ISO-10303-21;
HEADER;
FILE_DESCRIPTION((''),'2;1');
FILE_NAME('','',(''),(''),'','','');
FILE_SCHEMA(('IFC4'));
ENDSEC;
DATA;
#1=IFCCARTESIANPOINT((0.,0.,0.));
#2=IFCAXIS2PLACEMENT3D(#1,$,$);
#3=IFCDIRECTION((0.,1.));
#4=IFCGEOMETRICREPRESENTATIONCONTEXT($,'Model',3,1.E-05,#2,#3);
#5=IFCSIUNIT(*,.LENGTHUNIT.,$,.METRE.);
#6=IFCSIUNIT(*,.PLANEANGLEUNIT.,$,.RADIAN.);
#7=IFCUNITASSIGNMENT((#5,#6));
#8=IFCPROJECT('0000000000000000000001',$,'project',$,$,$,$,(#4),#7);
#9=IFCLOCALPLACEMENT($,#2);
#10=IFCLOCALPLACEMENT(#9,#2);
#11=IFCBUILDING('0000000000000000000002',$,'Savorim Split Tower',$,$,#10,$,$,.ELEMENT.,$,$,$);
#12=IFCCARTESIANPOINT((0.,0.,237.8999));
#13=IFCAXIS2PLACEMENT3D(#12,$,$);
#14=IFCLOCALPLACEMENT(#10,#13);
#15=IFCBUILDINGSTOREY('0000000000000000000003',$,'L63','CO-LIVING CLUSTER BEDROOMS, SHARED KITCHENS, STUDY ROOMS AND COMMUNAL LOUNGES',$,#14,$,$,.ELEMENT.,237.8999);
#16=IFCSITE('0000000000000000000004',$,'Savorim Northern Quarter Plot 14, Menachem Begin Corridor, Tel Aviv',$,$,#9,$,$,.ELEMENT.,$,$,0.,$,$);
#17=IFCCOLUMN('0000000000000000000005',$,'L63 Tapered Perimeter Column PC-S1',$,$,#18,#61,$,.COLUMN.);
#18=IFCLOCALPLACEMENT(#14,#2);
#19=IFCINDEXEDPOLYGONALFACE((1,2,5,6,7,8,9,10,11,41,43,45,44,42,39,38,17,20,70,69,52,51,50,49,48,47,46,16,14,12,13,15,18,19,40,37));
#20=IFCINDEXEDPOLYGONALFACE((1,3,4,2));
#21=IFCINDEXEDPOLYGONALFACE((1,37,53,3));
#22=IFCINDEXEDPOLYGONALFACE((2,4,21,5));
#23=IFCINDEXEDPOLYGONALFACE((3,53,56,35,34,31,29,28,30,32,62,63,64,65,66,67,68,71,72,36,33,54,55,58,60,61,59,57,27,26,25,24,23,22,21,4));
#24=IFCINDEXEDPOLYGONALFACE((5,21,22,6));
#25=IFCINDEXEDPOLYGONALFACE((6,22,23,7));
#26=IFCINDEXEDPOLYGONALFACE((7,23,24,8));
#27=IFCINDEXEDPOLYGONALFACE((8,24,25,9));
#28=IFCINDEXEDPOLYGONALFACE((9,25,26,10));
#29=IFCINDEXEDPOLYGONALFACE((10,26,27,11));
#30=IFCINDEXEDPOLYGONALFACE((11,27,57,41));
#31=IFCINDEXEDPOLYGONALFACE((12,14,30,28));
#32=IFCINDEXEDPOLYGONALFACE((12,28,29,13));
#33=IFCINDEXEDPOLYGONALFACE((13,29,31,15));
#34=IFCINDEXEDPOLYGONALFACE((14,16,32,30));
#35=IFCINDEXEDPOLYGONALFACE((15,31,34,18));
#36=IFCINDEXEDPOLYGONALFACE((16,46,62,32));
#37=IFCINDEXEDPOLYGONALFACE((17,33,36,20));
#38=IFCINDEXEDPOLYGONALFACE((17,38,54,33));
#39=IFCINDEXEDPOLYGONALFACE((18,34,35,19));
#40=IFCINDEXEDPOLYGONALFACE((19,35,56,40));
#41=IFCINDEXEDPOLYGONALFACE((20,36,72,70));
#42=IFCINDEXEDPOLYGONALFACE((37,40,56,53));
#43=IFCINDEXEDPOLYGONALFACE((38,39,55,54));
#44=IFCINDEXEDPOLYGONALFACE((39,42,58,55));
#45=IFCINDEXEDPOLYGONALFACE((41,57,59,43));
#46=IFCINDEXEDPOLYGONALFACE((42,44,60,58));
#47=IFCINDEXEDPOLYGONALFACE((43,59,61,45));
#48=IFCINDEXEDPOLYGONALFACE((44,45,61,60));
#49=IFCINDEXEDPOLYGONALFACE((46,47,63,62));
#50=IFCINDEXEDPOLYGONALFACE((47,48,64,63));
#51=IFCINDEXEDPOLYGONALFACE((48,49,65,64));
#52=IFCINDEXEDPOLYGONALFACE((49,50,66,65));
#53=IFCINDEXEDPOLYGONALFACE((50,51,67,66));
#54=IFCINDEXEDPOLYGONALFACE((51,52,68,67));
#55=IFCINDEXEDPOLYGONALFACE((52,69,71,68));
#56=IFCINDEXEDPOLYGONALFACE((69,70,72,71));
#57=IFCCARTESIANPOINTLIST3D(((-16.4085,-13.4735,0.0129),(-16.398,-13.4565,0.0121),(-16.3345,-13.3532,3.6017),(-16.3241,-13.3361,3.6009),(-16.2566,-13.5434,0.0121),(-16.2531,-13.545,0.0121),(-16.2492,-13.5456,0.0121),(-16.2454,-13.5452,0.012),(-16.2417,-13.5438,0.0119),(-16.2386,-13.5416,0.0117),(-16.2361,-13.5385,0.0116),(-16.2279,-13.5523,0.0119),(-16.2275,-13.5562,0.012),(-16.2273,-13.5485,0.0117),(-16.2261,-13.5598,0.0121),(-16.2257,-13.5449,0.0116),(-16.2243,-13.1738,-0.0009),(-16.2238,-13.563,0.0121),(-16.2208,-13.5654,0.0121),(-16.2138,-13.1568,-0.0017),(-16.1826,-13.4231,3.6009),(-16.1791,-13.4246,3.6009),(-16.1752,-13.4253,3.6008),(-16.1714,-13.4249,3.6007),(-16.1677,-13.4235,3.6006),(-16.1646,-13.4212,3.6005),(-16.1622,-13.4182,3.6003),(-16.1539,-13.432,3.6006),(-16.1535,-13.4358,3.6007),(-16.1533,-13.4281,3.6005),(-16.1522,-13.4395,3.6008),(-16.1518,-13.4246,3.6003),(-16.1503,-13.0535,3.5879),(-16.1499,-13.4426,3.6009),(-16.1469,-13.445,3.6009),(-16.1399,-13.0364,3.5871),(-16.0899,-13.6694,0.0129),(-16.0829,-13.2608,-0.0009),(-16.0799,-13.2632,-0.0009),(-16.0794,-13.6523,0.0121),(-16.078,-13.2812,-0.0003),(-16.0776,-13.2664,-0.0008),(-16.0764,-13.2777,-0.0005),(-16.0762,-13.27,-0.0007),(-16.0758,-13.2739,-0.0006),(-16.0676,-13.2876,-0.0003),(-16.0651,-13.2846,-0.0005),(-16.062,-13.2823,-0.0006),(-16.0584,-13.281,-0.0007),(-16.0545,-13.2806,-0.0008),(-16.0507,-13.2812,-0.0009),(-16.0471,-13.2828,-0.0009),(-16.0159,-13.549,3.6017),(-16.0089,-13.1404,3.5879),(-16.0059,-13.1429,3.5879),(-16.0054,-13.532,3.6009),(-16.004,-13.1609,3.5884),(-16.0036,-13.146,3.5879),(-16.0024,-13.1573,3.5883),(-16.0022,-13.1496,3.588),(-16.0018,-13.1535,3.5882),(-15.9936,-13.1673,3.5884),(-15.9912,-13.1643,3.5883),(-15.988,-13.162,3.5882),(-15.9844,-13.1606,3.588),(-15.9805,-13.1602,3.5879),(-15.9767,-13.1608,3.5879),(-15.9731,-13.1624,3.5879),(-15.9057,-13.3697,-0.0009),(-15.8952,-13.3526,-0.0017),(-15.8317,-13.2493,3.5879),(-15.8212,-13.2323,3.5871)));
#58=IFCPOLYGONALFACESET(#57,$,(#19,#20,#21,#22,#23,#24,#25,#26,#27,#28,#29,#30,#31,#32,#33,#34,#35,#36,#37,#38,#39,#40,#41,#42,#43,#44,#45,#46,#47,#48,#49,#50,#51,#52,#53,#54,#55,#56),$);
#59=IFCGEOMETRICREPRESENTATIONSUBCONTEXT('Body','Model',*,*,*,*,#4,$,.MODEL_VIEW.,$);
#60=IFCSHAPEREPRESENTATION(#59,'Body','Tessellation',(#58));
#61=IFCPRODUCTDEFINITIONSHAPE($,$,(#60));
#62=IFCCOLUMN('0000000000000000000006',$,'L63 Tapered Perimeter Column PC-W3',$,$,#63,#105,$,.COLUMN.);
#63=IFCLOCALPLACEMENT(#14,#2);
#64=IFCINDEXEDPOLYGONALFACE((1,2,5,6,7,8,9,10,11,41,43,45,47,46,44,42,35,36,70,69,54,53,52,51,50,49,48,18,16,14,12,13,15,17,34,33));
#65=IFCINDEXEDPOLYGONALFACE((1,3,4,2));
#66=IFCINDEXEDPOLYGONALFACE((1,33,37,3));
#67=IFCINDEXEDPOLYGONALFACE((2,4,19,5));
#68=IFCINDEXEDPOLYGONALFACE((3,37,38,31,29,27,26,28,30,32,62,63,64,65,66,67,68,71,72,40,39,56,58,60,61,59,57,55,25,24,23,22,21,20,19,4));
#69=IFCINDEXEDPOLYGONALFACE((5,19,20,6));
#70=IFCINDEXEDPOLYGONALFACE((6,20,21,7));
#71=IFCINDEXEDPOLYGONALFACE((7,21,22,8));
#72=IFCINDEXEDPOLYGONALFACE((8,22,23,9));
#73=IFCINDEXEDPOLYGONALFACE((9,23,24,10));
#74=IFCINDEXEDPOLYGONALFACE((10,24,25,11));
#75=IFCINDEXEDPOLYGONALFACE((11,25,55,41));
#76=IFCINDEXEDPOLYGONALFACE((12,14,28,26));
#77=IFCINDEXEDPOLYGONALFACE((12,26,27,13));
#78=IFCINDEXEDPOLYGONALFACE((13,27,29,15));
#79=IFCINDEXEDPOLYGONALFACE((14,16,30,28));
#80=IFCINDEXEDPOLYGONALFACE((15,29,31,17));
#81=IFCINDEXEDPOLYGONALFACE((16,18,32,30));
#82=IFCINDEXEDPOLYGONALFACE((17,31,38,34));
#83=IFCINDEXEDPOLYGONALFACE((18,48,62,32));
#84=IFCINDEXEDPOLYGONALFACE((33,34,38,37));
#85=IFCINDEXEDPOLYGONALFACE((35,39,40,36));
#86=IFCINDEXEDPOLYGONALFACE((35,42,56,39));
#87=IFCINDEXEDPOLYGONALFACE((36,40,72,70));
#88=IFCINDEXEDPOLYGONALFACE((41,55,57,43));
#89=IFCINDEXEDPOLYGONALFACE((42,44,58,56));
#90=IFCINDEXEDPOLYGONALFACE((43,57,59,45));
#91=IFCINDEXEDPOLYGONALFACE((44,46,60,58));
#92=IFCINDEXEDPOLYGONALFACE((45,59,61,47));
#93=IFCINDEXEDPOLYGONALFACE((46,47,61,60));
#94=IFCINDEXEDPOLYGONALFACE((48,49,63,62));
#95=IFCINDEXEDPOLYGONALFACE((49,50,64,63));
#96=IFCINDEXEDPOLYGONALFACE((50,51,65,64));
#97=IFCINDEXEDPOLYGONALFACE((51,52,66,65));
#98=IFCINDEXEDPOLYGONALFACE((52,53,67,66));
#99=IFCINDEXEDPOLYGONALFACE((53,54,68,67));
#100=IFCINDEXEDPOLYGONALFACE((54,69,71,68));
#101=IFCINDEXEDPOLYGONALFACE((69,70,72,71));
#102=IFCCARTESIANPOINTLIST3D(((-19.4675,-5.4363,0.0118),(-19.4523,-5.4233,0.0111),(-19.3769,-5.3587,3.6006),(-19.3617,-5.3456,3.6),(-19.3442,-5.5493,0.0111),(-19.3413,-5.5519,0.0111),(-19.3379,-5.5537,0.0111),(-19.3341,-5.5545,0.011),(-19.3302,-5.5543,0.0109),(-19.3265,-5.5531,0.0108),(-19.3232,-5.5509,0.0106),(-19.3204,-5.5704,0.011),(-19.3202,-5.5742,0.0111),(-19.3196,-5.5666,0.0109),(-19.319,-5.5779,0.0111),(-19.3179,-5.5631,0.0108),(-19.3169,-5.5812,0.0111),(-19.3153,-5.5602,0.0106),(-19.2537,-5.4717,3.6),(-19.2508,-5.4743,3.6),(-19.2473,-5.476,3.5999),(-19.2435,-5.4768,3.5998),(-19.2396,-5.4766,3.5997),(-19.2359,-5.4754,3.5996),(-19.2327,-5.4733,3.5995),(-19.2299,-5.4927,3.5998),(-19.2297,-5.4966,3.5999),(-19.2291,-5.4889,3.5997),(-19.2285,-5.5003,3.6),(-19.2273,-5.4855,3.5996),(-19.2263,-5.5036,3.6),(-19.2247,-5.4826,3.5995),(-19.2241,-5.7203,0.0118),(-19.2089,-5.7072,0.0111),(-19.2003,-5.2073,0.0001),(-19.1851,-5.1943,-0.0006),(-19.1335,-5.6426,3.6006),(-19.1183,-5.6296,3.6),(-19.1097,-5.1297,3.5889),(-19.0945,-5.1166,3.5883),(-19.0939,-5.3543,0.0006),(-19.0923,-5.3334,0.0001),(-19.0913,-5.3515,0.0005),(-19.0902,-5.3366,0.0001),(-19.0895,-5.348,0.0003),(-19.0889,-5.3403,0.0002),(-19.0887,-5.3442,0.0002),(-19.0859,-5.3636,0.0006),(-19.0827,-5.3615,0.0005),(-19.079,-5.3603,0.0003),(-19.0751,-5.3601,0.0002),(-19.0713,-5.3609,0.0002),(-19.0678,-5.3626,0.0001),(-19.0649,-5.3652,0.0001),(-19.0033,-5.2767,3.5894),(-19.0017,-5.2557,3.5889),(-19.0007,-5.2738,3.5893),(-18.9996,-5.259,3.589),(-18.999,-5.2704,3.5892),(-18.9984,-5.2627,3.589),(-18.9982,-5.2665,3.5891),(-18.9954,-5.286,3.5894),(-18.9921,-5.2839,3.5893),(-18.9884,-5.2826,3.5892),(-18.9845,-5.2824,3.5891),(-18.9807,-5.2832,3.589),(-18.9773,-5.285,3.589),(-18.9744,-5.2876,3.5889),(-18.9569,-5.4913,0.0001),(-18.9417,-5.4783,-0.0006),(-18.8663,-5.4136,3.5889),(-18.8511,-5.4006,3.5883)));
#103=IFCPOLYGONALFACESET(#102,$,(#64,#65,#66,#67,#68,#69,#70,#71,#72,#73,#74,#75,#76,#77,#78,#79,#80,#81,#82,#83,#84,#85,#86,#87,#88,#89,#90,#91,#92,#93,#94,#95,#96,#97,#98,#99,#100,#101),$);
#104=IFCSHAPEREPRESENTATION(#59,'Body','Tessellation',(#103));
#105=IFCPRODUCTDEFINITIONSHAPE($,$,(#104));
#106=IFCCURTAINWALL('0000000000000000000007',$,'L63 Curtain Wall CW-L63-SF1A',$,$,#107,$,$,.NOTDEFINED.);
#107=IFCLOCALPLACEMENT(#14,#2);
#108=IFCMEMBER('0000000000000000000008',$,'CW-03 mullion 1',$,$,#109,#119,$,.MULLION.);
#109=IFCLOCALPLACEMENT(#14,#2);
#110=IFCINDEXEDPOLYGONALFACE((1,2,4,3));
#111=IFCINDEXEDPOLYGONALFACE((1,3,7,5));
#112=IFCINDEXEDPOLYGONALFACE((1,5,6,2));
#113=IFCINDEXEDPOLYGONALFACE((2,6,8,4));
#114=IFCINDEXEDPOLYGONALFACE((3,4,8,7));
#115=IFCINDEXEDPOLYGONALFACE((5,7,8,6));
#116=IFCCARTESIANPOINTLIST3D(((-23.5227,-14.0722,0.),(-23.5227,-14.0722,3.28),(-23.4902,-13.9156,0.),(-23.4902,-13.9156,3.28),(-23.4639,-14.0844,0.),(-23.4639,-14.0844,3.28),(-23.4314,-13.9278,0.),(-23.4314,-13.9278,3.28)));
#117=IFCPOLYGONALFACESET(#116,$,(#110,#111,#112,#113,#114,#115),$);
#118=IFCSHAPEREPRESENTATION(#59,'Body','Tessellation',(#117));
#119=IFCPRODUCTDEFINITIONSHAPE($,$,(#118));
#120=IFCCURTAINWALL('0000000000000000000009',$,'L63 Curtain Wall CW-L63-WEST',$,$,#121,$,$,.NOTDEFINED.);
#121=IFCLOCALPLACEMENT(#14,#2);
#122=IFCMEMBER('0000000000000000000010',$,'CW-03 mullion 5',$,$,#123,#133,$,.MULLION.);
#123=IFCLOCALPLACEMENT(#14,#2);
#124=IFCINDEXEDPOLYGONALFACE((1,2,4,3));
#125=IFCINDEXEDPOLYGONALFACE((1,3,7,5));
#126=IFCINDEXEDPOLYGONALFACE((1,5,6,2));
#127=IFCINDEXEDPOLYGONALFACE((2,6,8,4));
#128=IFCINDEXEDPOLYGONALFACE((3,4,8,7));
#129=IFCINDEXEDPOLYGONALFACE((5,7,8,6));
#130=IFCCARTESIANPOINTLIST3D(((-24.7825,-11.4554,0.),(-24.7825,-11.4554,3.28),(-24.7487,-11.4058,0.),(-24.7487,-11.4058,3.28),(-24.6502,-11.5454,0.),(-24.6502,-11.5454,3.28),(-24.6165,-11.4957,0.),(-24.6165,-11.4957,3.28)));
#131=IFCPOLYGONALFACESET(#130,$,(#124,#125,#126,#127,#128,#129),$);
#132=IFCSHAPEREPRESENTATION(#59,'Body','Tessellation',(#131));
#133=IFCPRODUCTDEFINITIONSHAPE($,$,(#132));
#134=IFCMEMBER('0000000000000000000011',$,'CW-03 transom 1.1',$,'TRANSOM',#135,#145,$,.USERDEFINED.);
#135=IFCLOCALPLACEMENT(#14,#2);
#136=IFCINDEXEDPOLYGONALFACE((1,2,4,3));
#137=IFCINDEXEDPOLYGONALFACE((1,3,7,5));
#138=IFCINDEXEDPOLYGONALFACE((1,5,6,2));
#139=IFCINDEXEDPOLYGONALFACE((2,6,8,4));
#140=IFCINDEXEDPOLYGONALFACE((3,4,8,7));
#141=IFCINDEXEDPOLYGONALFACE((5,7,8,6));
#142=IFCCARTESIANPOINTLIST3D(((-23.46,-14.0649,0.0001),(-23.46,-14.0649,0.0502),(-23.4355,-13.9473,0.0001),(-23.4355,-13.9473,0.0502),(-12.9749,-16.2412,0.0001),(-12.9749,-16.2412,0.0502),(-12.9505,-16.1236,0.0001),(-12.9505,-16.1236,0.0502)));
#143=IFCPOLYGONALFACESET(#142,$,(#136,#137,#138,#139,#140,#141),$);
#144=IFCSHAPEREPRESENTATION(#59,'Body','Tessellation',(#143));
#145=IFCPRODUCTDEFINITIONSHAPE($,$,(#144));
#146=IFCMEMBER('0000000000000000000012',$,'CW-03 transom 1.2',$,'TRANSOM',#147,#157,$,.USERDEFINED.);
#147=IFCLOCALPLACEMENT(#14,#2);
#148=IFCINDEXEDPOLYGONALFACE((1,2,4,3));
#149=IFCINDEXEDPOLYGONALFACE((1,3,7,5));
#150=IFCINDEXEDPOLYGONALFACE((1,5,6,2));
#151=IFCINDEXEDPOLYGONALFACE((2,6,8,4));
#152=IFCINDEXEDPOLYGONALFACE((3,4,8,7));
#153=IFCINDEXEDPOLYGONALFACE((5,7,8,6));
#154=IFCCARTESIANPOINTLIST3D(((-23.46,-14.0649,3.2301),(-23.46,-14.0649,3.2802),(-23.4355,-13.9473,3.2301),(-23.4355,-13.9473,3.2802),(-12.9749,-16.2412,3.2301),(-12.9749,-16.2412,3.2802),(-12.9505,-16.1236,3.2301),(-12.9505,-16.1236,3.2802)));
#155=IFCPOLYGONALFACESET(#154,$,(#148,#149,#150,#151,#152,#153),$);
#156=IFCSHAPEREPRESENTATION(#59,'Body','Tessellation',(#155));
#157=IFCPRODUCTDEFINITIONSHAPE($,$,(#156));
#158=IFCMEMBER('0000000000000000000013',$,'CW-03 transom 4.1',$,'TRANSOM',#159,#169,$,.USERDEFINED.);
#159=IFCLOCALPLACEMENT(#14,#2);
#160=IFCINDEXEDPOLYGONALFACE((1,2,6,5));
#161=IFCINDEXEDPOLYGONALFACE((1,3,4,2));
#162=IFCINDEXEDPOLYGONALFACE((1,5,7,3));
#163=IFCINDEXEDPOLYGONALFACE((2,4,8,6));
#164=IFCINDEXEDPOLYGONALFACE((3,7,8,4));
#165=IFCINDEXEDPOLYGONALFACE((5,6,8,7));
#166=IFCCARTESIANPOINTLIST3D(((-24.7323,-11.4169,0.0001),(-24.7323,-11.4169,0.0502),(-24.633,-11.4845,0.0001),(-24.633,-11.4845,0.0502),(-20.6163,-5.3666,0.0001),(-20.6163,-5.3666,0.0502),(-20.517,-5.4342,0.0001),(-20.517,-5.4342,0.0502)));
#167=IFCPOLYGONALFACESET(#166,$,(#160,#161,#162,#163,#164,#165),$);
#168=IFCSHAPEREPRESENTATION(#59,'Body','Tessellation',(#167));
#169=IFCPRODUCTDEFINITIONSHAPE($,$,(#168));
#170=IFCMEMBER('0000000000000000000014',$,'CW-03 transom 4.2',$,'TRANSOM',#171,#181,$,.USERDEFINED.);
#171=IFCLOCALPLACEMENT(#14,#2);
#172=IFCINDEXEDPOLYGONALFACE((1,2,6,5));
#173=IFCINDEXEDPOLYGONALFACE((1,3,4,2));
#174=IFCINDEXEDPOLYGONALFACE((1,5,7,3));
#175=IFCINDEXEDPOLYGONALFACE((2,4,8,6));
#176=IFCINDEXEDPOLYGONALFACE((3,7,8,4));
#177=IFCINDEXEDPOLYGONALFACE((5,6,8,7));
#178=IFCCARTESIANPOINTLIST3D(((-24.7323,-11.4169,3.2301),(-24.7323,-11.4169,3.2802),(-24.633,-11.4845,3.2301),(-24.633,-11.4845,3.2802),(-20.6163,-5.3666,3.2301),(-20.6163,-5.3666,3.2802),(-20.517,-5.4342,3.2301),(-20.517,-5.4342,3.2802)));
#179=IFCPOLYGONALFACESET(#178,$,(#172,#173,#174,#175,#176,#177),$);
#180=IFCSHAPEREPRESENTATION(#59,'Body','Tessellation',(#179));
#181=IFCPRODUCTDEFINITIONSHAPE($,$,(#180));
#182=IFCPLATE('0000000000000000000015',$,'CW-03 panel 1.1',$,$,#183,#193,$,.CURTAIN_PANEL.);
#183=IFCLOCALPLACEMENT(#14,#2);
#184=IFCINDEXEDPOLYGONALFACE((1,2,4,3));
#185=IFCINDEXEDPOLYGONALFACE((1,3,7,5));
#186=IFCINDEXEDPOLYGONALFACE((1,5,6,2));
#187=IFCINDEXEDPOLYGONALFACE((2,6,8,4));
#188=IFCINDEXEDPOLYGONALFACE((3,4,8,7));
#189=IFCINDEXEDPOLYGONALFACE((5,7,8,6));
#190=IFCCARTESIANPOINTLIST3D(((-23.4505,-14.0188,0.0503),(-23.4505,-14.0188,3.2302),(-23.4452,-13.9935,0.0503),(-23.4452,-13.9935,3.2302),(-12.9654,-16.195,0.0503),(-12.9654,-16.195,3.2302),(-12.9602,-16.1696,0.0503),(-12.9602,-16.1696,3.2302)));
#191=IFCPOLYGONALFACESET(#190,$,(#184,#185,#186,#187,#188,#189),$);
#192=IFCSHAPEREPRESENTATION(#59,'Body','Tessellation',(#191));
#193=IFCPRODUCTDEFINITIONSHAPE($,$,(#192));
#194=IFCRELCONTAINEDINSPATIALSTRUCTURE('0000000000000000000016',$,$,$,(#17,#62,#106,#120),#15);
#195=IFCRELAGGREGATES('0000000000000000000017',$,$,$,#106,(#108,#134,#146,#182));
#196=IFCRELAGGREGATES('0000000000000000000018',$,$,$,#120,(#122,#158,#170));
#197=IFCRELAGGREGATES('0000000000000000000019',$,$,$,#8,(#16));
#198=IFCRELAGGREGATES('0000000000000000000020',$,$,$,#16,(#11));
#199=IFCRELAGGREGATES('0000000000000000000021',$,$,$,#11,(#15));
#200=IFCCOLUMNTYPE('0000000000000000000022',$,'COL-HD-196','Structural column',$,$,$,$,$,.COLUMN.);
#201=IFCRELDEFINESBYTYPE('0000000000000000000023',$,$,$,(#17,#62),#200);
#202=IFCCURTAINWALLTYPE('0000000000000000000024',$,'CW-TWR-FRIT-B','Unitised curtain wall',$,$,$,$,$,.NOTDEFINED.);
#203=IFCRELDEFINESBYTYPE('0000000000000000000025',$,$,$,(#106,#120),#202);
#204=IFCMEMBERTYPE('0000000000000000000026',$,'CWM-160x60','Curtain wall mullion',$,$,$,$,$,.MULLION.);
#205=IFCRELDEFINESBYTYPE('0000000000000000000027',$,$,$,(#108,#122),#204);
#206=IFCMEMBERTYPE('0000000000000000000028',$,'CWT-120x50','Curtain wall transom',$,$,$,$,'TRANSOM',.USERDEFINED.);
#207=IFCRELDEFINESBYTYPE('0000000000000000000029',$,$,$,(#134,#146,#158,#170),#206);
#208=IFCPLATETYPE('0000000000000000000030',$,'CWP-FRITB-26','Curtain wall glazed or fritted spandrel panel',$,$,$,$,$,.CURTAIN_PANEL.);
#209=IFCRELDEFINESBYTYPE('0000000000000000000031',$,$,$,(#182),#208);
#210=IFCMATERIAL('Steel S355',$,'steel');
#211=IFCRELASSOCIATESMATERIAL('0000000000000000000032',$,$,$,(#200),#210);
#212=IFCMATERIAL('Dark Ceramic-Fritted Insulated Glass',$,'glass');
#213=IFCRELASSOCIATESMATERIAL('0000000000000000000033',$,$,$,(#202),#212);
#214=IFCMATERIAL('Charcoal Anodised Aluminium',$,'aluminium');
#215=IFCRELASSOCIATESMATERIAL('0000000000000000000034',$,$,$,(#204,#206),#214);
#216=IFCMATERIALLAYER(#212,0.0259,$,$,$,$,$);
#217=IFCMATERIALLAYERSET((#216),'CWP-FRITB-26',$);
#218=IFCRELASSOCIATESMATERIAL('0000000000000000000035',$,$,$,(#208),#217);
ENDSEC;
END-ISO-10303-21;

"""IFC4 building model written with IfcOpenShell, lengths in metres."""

from ifc_helpers import new_model, si_unit, direction, frame, origin, origin_2d, place, context, subcontext, project, spatial, rectangle, i_section, extrude, material, layer, layer_set, material_profile, profile_set, type_object, element, aggregate, save


model = new_model("IFC4")

# Units and contexts
model_context = context("Model", 3, precision=1e-05, world=origin(), true_north=direction((0.0, 1.0)))
body_context = subcontext(model_context, "Body", "Model", "MODEL_VIEW")
ifc_project = project(units=[si_unit("LENGTHUNIT", "METRE"), si_unit("PLANEANGLEUNIT", "RADIAN")], contexts=[model_context])

# Site, building, storey
site_placement = place(None, origin())
site = spatial("IfcSite", under=ifc_project, at=site_placement, Name="Savorim Northern Quarter Plot 14, Menachem Begin Corridor, Tel Aviv", CompositionType="ELEMENT", RefElevation=0.0)
building_placement = place(site_placement, origin())
building = spatial("IfcBuilding", under=site, at=building_placement, Name="Savorim Split Tower", CompositionType="ELEMENT")
storey_placement = place(building_placement, frame((0.0, 0.0, 237.8999)))
storey = spatial("IfcBuildingStorey", under=building, at=storey_placement, Name="L63", Description="CO-LIVING CLUSTER BEDROOMS, SHARED KITCHENS, STUDY ROOMS AND COMMUNAL LOUNGES", CompositionType="ELEMENT", Elevation=237.8999)

# Columns
ifc_material_1 = material(Name="Steel S355", Category="steel")
ifc_material_profile_1 = material_profile(ifc_material_1, i_section(OverallWidth=0.374, OverallDepth=0.3721, WebThickness=0.0122, FlangeThickness=0.02, FilletRadius=0.0149, at=origin_2d()), Name="HD 360x196")
ifc_profile_set_1 = profile_set([ifc_material_profile_1], Name="Steel S355")
column_type = type_object("IfcColumnType", Name="COL-HD-196", Description="Structural column", PredefinedType="COLUMN", material=ifc_profile_set_1)
column_1_placement = place(storey_placement, frame((-16.1519, -13.4131, 0.0056), z_axis=(0.020596, 0.033511, 0.999226), x_axis=(-0.851955, 0.523615, 0.0)))
element("IfcColumn", 1, at=column_1_placement, inside=storey, type_object=column_type, Name="L63 Tapered Perimeter Column PC-S1", PredefinedType="COLUMN", context=body_context, shape_type="SweptSolid", body=[
    extrude(i_section(OverallWidth=0.374, OverallDepth=0.3721, WebThickness=0.0122, FlangeThickness=0.02, FilletRadius=0.0149, at=origin_2d()), origin(), (0.0, 0.0, 1.0), 3.5916),
])
column_2_placement = place(storey_placement, frame((-19.2046, -5.4573, 0.0056), z_axis=(0.025224, 0.021621, 0.999448), x_axis=(-0.650791, 0.759257, 0.0)))
element("IfcColumn", 2, at=column_2_placement, inside=storey, type_object=column_type, Name="L63 Tapered Perimeter Column PC-W3", PredefinedType="COLUMN", context=body_context, shape_type="SweptSolid", body=[
    extrude(i_section(OverallWidth=0.374, OverallDepth=0.3721, WebThickness=0.0122, FlangeThickness=0.02, FilletRadius=0.0149, at=origin_2d()), origin(), (0.0, 0.0, 1.0), 3.5908),
])

# Curtain walls, members
ifc_material_2 = material(Name="Dark Ceramic-Fritted Insulated Glass", Category="glass")
curtain_wall_type = type_object("IfcCurtainWallType", Name="CW-TWR-FRIT-B", Description="Unitised curtain wall", PredefinedType="NOTDEFINED", material=ifc_material_2)
curtain_wall_1_placement = place(storey_placement, origin())
curtain_wall_1 = element("IfcCurtainWall", 3, at=curtain_wall_1_placement, inside=storey, type_object=curtain_wall_type, Name="L63 Curtain Wall CW-L63-SF1A", PredefinedType="NOTDEFINED")
ifc_material_3 = material(Name="Charcoal Anodised Aluminium", Category="aluminium")
ifc_material_profile_2 = material_profile(ifc_material_3, rectangle(XDim=0.1599, YDim=0.0601, at=origin_2d()), Name="ALU-M 160x60")
ifc_profile_set_2 = profile_set([ifc_material_profile_2], Name="Charcoal Anodised Aluminium")
member_type_1 = type_object("IfcMemberType", Name="CWM-160x60", Description="Curtain wall mullion", PredefinedType="MULLION", material=ifc_profile_set_2)
member_1_placement = place(storey_placement, frame((-23.4771, -14.0, 0.0), z_axis=(0.0, 0.0, 1.0), x_axis=(0.203215, 0.979134, 0.0)))
member_1 = element("IfcMember", 4, at=member_1_placement, type_object=member_type_1, Name="CW-03 mullion 1", PredefinedType="MULLION", context=body_context, shape_type="SweptSolid", body=[
    extrude(rectangle(XDim=0.1599, YDim=0.0601, at=origin_2d()), origin(), (0.0, 0.0, 1.0), 3.28),
])
curtain_wall_2_placement = place(storey_placement, origin())
curtain_wall_2 = element("IfcCurtainWall", 5, at=curtain_wall_2_placement, inside=storey, type_object=curtain_wall_type, Name="L63 Curtain Wall CW-L63-WEST", PredefinedType="NOTDEFINED")
member_2_placement = place(storey_placement, frame((-24.6995, -11.4756, 0.0), z_axis=(0.0, 0.0, 1.0), x_axis=(0.82682, -0.562467, 0.0)))
member_2 = element("IfcMember", 6, at=member_2_placement, type_object=member_type_1, Name="CW-03 mullion 5", PredefinedType="MULLION", context=body_context, shape_type="SweptSolid", body=[
    extrude(rectangle(XDim=0.1599, YDim=0.0601, at=origin_2d()), origin(), (0.0, 0.0, 1.0), 3.28),
])

# Members
ifc_material_profile_3 = material_profile(ifc_material_3, rectangle(XDim=0.1201, YDim=0.05, at=origin_2d()), Name="ALU-T 120x50")
ifc_profile_set_3 = profile_set([ifc_material_profile_3], Name="Charcoal Anodised Aluminium")
member_type_2 = type_object("IfcMemberType", Name="CWT-120x50", Description="Curtain wall transom", ElementType="TRANSOM", PredefinedType="USERDEFINED", material=ifc_profile_set_3)
member_3_placement = place(storey_placement, frame((-23.4478, -14.0061, 0.0251), z_axis=(0.979132, -0.203227, 0.0), x_axis=(0.203227, 0.979132, 0.0)))
member_3 = element("IfcMember", 7, at=member_3_placement, type_object=member_type_2, Name="CW-03 transom 1.1", ObjectType="TRANSOM", PredefinedType="USERDEFINED", context=body_context, shape_type="SweptSolid", body=[
    extrude(rectangle(XDim=0.1201, YDim=0.05, at=origin_2d()), origin(), (0.0, 0.0, 1.0), 10.7085),
])
member_4_placement = place(storey_placement, frame((-23.4478, -14.0061, 3.2551), z_axis=(0.979132, -0.203227, 0.0), x_axis=(0.203227, 0.979132, 0.0)))
member_4 = element("IfcMember", 8, at=member_4_placement, type_object=member_type_2, Name="CW-03 transom 1.2", ObjectType="TRANSOM", PredefinedType="USERDEFINED", context=body_context, shape_type="SweptSolid", body=[
    extrude(rectangle(XDim=0.1201, YDim=0.05, at=origin_2d()), origin(), (0.0, 0.0, 1.0), 10.7085),
])
member_5_placement = place(storey_placement, frame((-20.5667, -5.4004, 0.0251), z_axis=(-0.562475, -0.826814, 0.0), x_axis=(0.826814, -0.562475, 0.0)))
member_5 = element("IfcMember", 9, at=member_5_placement, type_object=member_type_2, Name="CW-03 transom 4.1", ObjectType="TRANSOM", PredefinedType="USERDEFINED", context=body_context, shape_type="SweptSolid", body=[
    extrude(rectangle(XDim=0.1201, YDim=0.05, at=origin_2d()), origin(), (0.0, 0.0, 1.0), 7.3176),
])
member_6_placement = place(storey_placement, frame((-20.5667, -5.4004, 3.2551), z_axis=(-0.562475, -0.826814, 0.0), x_axis=(0.826814, -0.562475, 0.0)))
member_6 = element("IfcMember", 10, at=member_6_placement, type_object=member_type_2, Name="CW-03 transom 4.2", ObjectType="TRANSOM", PredefinedType="USERDEFINED", context=body_context, shape_type="SweptSolid", body=[
    extrude(rectangle(XDim=0.1201, YDim=0.05, at=origin_2d()), origin(), (0.0, 0.0, 1.0), 7.3176),
])

# Plate
ifc_layer_1 = layer(ifc_material_2, 0.0259)
ifc_layer_set_1 = layer_set([ifc_layer_1], Name="CWP-FRITB-26")
plate_type = type_object("IfcPlateType", Name="CWP-FRITB-26", Description="Curtain wall glazed or fritted spandrel panel", PredefinedType="CURTAIN_PANEL", material=ifc_layer_set_1)
plate_1_placement = place(storey_placement, frame((-18.2053, -15.0942, 0.0503), z_axis=(0.0, 0.0, 1.0), x_axis=(0.979134, -0.203215, 0.0)))
plate_1 = element("IfcPlate", 11, at=plate_1_placement, type_object=plate_type, Name="CW-03 panel 1.1", PredefinedType="CURTAIN_PANEL", context=body_context, shape_type="SweptSolid", body=[
    extrude(rectangle(XDim=10.7085, YDim=0.0259, at=origin_2d()), origin(), (0.0, 0.0, 1.0), 3.1799),
])
aggregate(curtain_wall_1, [member_1, member_3, member_4, plate_1])
aggregate(curtain_wall_2, [member_2, member_5, member_6])

save(model, "model.ifc")
